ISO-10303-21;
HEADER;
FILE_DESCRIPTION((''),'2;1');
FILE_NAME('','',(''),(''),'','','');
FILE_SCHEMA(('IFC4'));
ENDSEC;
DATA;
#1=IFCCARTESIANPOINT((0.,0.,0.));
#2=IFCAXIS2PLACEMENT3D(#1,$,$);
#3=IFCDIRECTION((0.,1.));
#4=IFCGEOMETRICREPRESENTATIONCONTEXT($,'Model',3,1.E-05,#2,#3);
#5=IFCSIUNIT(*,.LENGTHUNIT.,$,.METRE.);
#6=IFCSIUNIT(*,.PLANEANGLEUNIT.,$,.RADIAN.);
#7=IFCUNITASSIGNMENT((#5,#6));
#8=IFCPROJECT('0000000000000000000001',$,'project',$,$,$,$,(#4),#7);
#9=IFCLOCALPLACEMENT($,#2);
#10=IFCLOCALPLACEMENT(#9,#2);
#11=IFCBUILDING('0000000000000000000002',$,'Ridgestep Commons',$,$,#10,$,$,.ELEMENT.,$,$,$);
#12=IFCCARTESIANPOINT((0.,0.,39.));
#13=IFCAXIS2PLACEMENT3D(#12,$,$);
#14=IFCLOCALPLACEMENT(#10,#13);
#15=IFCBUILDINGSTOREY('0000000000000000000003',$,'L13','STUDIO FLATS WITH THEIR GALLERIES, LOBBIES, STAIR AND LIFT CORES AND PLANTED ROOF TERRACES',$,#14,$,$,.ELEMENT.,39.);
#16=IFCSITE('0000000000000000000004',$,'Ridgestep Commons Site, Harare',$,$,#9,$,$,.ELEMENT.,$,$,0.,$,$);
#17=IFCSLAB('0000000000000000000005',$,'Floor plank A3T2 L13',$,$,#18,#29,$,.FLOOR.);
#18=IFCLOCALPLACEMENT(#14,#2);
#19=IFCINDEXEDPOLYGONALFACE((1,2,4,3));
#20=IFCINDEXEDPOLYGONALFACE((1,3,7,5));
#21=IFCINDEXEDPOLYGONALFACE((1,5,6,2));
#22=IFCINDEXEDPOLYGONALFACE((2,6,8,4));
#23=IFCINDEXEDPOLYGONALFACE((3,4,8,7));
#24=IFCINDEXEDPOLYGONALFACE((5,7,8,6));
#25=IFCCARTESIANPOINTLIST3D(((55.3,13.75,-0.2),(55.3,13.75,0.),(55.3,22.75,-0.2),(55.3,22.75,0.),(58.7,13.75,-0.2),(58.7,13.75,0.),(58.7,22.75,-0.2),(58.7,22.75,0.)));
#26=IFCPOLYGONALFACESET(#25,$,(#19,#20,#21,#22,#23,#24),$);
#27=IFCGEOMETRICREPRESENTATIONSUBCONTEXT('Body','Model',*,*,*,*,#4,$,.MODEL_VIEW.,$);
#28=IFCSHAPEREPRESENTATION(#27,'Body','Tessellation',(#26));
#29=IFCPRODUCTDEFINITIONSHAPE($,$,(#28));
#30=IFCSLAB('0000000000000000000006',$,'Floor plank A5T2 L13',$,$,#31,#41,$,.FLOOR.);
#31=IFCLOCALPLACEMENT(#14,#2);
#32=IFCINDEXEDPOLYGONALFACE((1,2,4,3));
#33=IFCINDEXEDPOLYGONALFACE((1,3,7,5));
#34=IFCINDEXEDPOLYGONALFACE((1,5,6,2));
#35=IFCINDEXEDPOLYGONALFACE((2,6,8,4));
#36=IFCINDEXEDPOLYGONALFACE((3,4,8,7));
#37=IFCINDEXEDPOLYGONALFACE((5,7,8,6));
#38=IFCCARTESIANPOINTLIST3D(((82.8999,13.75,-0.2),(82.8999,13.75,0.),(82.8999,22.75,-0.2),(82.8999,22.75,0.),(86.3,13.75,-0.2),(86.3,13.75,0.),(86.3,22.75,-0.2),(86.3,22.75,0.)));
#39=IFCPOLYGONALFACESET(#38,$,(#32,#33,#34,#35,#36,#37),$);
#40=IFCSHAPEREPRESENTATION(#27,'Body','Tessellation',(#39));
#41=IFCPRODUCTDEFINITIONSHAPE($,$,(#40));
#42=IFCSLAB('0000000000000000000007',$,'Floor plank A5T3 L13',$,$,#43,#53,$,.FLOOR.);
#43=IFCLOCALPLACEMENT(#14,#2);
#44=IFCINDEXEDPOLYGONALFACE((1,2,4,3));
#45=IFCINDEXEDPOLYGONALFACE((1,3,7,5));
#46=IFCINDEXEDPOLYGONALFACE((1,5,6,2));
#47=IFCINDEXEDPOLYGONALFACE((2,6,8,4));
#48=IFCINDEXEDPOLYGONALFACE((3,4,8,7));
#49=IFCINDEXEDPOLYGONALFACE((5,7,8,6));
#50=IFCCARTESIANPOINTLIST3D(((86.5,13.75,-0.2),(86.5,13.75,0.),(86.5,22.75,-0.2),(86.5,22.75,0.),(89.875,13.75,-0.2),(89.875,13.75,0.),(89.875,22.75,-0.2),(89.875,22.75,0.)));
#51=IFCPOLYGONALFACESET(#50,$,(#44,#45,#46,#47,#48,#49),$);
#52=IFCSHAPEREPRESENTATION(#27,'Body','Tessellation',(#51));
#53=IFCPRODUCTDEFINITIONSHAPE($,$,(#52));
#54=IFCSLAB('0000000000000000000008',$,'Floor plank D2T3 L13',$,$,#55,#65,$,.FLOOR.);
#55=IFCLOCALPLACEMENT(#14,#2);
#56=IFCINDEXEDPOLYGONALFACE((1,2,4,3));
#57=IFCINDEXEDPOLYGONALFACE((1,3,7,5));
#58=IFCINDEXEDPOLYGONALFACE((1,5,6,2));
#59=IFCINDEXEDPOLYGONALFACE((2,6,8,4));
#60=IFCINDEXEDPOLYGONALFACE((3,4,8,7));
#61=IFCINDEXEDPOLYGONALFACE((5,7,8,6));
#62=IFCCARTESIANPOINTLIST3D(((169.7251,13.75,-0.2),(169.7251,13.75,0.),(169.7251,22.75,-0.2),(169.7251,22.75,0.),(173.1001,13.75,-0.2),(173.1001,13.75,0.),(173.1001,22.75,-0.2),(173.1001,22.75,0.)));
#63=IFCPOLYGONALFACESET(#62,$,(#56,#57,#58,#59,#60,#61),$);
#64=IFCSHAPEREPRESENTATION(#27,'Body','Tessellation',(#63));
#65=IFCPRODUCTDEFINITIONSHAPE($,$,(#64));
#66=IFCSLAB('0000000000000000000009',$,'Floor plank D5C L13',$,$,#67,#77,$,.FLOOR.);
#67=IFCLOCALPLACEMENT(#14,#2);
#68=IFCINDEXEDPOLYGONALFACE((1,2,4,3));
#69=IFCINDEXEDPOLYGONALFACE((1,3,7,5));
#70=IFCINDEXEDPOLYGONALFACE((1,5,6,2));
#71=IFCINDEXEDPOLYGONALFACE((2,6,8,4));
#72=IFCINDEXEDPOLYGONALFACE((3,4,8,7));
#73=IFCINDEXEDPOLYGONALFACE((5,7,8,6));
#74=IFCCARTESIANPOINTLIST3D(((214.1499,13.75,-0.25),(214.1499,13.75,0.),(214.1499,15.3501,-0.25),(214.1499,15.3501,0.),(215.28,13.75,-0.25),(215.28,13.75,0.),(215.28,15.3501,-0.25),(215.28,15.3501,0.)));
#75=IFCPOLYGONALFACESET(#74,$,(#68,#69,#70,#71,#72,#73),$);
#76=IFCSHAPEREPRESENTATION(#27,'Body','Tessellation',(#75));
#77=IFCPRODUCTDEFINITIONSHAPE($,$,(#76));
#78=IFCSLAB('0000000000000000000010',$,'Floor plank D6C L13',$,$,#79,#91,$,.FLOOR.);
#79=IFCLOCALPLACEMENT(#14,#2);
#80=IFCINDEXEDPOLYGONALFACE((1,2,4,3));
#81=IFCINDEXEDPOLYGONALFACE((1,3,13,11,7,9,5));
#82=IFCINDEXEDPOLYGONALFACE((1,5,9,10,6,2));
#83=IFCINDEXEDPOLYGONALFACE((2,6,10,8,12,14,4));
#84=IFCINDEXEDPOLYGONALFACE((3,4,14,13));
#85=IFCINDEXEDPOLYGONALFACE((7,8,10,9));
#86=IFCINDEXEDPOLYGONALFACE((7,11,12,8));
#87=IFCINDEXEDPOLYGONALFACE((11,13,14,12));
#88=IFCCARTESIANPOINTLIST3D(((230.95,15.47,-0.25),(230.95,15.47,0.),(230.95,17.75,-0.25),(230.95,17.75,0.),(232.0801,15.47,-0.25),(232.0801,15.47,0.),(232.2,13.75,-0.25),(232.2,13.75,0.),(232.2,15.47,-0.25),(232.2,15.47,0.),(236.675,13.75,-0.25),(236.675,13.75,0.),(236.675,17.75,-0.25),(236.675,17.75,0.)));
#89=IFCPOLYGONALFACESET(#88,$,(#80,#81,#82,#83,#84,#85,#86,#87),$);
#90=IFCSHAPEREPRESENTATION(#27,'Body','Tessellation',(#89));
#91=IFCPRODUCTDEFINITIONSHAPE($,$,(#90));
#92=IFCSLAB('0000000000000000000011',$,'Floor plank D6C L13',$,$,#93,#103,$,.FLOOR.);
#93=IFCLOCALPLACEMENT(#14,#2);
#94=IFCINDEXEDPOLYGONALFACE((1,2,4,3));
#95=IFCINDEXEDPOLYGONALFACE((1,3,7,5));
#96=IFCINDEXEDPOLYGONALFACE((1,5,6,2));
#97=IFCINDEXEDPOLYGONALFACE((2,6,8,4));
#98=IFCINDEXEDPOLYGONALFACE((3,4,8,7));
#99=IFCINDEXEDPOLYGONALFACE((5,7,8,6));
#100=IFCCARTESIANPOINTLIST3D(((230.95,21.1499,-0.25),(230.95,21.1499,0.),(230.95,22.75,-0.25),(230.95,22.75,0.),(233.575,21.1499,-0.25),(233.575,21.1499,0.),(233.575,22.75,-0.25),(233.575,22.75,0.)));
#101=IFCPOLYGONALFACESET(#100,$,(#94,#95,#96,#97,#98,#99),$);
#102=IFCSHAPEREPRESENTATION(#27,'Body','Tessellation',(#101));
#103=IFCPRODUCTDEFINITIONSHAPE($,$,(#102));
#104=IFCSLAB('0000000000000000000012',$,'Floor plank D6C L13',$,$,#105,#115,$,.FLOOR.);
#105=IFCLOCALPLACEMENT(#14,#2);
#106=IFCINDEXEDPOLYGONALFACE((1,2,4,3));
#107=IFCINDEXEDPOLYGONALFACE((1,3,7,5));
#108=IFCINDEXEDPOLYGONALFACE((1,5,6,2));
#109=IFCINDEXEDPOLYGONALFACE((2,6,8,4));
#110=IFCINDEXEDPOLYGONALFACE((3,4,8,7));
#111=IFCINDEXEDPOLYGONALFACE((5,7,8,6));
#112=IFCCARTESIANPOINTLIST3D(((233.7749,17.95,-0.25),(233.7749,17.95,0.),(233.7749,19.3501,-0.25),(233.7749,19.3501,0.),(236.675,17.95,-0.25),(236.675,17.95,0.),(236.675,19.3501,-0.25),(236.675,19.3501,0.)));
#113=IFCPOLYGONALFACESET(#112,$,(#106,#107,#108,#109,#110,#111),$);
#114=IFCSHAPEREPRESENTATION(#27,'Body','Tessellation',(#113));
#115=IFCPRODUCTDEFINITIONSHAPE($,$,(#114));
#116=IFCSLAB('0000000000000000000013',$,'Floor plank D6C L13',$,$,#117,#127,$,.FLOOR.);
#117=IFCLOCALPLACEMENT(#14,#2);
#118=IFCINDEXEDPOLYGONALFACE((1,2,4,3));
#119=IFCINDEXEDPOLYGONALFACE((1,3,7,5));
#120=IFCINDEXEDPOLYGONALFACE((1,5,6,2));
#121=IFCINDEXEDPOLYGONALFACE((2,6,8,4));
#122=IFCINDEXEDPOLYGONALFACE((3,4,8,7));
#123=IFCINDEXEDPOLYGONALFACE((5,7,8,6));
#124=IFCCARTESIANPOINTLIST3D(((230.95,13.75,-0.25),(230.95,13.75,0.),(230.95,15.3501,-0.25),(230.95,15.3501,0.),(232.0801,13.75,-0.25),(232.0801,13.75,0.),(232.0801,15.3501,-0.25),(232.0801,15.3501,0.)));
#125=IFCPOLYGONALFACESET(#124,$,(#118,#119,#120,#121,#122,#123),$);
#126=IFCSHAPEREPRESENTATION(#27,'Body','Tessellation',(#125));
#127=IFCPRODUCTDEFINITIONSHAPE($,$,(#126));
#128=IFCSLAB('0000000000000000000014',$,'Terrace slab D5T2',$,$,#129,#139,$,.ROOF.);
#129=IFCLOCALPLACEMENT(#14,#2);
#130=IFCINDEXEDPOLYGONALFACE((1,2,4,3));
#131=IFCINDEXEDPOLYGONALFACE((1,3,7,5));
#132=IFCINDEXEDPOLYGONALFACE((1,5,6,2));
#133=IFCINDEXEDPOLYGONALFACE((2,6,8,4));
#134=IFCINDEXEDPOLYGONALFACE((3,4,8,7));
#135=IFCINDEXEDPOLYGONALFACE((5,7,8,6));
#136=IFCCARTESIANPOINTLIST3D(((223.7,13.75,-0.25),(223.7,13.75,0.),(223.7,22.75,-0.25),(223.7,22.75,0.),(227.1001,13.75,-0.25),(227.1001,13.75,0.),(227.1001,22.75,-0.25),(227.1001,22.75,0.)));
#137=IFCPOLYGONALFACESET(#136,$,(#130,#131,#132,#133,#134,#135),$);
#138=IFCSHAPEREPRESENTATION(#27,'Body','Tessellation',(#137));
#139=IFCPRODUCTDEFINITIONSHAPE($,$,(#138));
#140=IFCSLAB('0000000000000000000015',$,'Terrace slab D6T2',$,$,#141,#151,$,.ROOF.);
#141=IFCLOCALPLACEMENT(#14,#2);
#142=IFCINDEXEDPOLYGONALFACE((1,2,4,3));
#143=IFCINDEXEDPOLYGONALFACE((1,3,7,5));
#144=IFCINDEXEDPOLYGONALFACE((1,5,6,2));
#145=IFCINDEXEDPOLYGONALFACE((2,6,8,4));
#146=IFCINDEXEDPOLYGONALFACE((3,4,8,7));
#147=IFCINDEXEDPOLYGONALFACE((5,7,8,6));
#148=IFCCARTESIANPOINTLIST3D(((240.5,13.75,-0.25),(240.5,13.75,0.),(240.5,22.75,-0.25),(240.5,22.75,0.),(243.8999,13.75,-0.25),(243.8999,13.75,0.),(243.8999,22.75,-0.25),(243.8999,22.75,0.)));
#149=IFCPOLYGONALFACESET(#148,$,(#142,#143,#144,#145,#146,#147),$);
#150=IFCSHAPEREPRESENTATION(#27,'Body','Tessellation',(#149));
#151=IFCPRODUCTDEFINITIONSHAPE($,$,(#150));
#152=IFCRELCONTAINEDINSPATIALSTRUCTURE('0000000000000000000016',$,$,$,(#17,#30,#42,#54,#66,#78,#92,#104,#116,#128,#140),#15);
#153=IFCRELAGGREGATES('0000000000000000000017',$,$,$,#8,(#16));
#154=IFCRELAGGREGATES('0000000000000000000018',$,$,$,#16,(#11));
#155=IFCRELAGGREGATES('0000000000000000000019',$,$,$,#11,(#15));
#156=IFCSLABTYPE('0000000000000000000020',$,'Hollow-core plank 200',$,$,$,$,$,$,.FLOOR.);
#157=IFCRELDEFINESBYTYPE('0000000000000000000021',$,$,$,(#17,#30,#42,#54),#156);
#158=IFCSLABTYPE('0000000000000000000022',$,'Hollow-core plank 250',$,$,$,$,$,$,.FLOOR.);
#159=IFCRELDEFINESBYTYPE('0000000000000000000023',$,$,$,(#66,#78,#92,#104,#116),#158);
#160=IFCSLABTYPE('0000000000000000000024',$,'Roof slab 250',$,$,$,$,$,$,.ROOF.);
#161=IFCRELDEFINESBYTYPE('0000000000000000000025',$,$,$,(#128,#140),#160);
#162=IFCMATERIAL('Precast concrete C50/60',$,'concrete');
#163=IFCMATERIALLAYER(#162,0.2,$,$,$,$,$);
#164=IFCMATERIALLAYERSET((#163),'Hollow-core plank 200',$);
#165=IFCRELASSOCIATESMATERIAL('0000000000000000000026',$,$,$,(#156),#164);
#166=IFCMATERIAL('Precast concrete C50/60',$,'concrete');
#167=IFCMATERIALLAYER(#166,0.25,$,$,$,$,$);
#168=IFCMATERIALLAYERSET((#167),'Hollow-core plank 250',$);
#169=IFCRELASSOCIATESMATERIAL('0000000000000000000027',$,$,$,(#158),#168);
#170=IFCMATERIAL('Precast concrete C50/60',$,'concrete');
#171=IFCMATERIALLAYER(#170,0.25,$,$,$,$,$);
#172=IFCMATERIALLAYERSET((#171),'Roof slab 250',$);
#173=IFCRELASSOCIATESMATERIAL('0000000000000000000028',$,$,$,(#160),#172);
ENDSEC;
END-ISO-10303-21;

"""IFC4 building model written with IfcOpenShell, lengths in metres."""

from ifc_helpers import new_model, si_unit, direction, frame, origin, place, context, subcontext, project, spatial, polyline, outline, extrude, material, layer, layer_set, type_object, element, save


model = new_model("IFC4")

# Units and contexts
model_context = context("Model", 3, precision=1e-05, world=origin(), true_north=direction((0.0, 1.0)))
body_context = subcontext(model_context, "Body", "Model", "MODEL_VIEW")
ifc_project = project(units=[si_unit("LENGTHUNIT", "METRE"), si_unit("PLANEANGLEUNIT", "RADIAN")], contexts=[model_context])

# Site, building, storey
site_placement = place(None, origin())
site = spatial("IfcSite", under=ifc_project, at=site_placement, Name="Ridgestep Commons Site, Harare", CompositionType="ELEMENT", RefElevation=0.0)
building_placement = place(site_placement, origin())
building = spatial("IfcBuilding", under=site, at=building_placement, Name="Ridgestep Commons", CompositionType="ELEMENT")
storey_placement = place(building_placement, frame((0.0, 0.0, 39.0)))
storey = spatial("IfcBuildingStorey", under=building, at=storey_placement, Name="L13", Description="STUDIO FLATS WITH THEIR GALLERIES, LOBBIES, STAIR AND LIFT CORES AND PLANTED ROOF TERRACES", CompositionType="ELEMENT", Elevation=39.0)

# Slabs
ifc_material_1 = material(Name="Precast concrete C50/60", Category="concrete")
ifc_layer_1 = layer(ifc_material_1, 0.2)
ifc_layer_set_1 = layer_set([ifc_layer_1], Name="Hollow-core plank 200")
slab_type_1 = type_object("IfcSlabType", Name="Hollow-core plank 200", PredefinedType="FLOOR", material=ifc_layer_set_1)
slab_1_placement = place(storey_placement, frame((0.0, 0.0, -0.2)))
element("IfcSlab", 1, at=slab_1_placement, inside=storey, type_object=slab_type_1, Name="Floor plank A3T2 L13", PredefinedType="FLOOR", context=body_context, shape_type="SweptSolid", body=[
    extrude(outline(polyline([(58.7, 13.75), (58.7, 22.75), (55.3, 22.75), (55.3, 13.75), (58.7, 13.75)])), origin(), (0.0, 0.0, 1.0), 0.2),
])
slab_2_placement = place(storey_placement, frame((0.0, 0.0, -0.2)))
element("IfcSlab", 2, at=slab_2_placement, inside=storey, type_object=slab_type_1, Name="Floor plank A5T2 L13", PredefinedType="FLOOR", context=body_context, shape_type="SweptSolid", body=[
    extrude(outline(polyline([(86.3, 13.75), (86.3, 22.75), (82.8999, 22.75), (82.8999, 13.75), (86.3, 13.75)])), origin(), (0.0, 0.0, 1.0), 0.2),
])
slab_3_placement = place(storey_placement, frame((0.0, 0.0, -0.2)))
element("IfcSlab", 3, at=slab_3_placement, inside=storey, type_object=slab_type_1, Name="Floor plank A5T3 L13", PredefinedType="FLOOR", context=body_context, shape_type="SweptSolid", body=[
    extrude(outline(polyline([(89.875, 13.75), (89.875, 22.75), (86.5, 22.75), (86.5, 13.75), (89.875, 13.75)])), origin(), (0.0, 0.0, 1.0), 0.2),
])
slab_4_placement = place(storey_placement, frame((0.0, 0.0, -0.2)))
element("IfcSlab", 4, at=slab_4_placement, inside=storey, type_object=slab_type_1, Name="Floor plank D2T3 L13", PredefinedType="FLOOR", context=body_context, shape_type="SweptSolid", body=[
    extrude(outline(polyline([(173.1001, 13.75), (173.1001, 22.75), (169.7251, 22.75), (169.7251, 13.75), (173.1001, 13.75)])), origin(), (0.0, 0.0, 1.0), 0.2),
])
ifc_material_2 = material(Name="Precast concrete C50/60", Category="concrete")
ifc_layer_2 = layer(ifc_material_2, 0.25)
ifc_layer_set_2 = layer_set([ifc_layer_2], Name="Hollow-core plank 250")
slab_type_2 = type_object("IfcSlabType", Name="Hollow-core plank 250", PredefinedType="FLOOR", material=ifc_layer_set_2)
slab_5_placement = place(storey_placement, frame((0.0, 0.0, -0.25)))
element("IfcSlab", 5, at=slab_5_placement, inside=storey, type_object=slab_type_2, Name="Floor plank D5C L13", PredefinedType="FLOOR", context=body_context, shape_type="SweptSolid", body=[
    extrude(outline(polyline([(215.28, 15.3501), (214.1499, 15.3501), (214.1499, 13.75), (215.28, 13.75), (215.28, 15.3501)])), origin(), (0.0, 0.0, 1.0), 0.25),
])
slab_6_placement = place(storey_placement, frame((0.0, 0.0, -0.25)))
element("IfcSlab", 6, at=slab_6_placement, inside=storey, type_object=slab_type_2, Name="Floor plank D6C L13", PredefinedType="FLOOR", context=body_context, shape_type="SweptSolid", body=[
    extrude(outline(polyline([(232.2, 13.75), (236.675, 13.75), (236.675, 17.75), (230.95, 17.75), (230.95, 15.47), (232.0801, 15.47), (232.2, 15.47), (232.2, 13.75)])), origin(), (0.0, 0.0, 1.0), 0.25),
])
slab_7_placement = place(storey_placement, frame((0.0, 0.0, -0.25)))
element("IfcSlab", 7, at=slab_7_placement, inside=storey, type_object=slab_type_2, Name="Floor plank D6C L13", PredefinedType="FLOOR", context=body_context, shape_type="SweptSolid", body=[
    extrude(outline(polyline([(233.575, 22.75), (230.95, 22.75), (230.95, 21.1499), (233.575, 21.1499), (233.575, 22.75)])), origin(), (0.0, 0.0, 1.0), 0.25),
])
slab_8_placement = place(storey_placement, frame((0.0, 0.0, -0.25)))
element("IfcSlab", 8, at=slab_8_placement, inside=storey, type_object=slab_type_2, Name="Floor plank D6C L13", PredefinedType="FLOOR", context=body_context, shape_type="SweptSolid", body=[
    extrude(outline(polyline([(236.675, 17.95), (236.675, 19.3501), (233.7749, 19.3501), (233.7749, 17.95), (236.675, 17.95)])), origin(), (0.0, 0.0, 1.0), 0.25),
])
slab_9_placement = place(storey_placement, frame((0.0, 0.0, -0.25)))
element("IfcSlab", 9, at=slab_9_placement, inside=storey, type_object=slab_type_2, Name="Floor plank D6C L13", PredefinedType="FLOOR", context=body_context, shape_type="SweptSolid", body=[
    extrude(outline(polyline([(232.0801, 15.3501), (230.95, 15.3501), (230.95, 13.75), (232.0801, 13.75), (232.0801, 15.3501)])), origin(), (0.0, 0.0, 1.0), 0.25),
])
ifc_material_3 = material(Name="Precast concrete C50/60", Category="concrete")
ifc_layer_3 = layer(ifc_material_3, 0.25)
ifc_layer_set_3 = layer_set([ifc_layer_3], Name="Roof slab 250")
slab_type_3 = type_object("IfcSlabType", Name="Roof slab 250", PredefinedType="ROOF", material=ifc_layer_set_3)
slab_10_placement = place(storey_placement, frame((0.0, 0.0, -0.25)))
element("IfcSlab", 10, at=slab_10_placement, inside=storey, type_object=slab_type_3, Name="Terrace slab D5T2", PredefinedType="ROOF", context=body_context, shape_type="SweptSolid", body=[
    extrude(outline(polyline([(227.1001, 13.75), (227.1001, 22.75), (223.7, 22.75), (223.7, 13.75), (227.1001, 13.75)])), origin(), (0.0, 0.0, 1.0), 0.25),
])
slab_11_placement = place(storey_placement, frame((0.0, 0.0, -0.25)))
element("IfcSlab", 11, at=slab_11_placement, inside=storey, type_object=slab_type_3, Name="Terrace slab D6T2", PredefinedType="ROOF", context=body_context, shape_type="SweptSolid", body=[
    extrude(outline(polyline([(243.8999, 13.75), (243.8999, 22.75), (240.5, 22.75), (240.5, 13.75), (243.8999, 13.75)])), origin(), (0.0, 0.0, 1.0), 0.25),
])

save(model, "model.ifc")
